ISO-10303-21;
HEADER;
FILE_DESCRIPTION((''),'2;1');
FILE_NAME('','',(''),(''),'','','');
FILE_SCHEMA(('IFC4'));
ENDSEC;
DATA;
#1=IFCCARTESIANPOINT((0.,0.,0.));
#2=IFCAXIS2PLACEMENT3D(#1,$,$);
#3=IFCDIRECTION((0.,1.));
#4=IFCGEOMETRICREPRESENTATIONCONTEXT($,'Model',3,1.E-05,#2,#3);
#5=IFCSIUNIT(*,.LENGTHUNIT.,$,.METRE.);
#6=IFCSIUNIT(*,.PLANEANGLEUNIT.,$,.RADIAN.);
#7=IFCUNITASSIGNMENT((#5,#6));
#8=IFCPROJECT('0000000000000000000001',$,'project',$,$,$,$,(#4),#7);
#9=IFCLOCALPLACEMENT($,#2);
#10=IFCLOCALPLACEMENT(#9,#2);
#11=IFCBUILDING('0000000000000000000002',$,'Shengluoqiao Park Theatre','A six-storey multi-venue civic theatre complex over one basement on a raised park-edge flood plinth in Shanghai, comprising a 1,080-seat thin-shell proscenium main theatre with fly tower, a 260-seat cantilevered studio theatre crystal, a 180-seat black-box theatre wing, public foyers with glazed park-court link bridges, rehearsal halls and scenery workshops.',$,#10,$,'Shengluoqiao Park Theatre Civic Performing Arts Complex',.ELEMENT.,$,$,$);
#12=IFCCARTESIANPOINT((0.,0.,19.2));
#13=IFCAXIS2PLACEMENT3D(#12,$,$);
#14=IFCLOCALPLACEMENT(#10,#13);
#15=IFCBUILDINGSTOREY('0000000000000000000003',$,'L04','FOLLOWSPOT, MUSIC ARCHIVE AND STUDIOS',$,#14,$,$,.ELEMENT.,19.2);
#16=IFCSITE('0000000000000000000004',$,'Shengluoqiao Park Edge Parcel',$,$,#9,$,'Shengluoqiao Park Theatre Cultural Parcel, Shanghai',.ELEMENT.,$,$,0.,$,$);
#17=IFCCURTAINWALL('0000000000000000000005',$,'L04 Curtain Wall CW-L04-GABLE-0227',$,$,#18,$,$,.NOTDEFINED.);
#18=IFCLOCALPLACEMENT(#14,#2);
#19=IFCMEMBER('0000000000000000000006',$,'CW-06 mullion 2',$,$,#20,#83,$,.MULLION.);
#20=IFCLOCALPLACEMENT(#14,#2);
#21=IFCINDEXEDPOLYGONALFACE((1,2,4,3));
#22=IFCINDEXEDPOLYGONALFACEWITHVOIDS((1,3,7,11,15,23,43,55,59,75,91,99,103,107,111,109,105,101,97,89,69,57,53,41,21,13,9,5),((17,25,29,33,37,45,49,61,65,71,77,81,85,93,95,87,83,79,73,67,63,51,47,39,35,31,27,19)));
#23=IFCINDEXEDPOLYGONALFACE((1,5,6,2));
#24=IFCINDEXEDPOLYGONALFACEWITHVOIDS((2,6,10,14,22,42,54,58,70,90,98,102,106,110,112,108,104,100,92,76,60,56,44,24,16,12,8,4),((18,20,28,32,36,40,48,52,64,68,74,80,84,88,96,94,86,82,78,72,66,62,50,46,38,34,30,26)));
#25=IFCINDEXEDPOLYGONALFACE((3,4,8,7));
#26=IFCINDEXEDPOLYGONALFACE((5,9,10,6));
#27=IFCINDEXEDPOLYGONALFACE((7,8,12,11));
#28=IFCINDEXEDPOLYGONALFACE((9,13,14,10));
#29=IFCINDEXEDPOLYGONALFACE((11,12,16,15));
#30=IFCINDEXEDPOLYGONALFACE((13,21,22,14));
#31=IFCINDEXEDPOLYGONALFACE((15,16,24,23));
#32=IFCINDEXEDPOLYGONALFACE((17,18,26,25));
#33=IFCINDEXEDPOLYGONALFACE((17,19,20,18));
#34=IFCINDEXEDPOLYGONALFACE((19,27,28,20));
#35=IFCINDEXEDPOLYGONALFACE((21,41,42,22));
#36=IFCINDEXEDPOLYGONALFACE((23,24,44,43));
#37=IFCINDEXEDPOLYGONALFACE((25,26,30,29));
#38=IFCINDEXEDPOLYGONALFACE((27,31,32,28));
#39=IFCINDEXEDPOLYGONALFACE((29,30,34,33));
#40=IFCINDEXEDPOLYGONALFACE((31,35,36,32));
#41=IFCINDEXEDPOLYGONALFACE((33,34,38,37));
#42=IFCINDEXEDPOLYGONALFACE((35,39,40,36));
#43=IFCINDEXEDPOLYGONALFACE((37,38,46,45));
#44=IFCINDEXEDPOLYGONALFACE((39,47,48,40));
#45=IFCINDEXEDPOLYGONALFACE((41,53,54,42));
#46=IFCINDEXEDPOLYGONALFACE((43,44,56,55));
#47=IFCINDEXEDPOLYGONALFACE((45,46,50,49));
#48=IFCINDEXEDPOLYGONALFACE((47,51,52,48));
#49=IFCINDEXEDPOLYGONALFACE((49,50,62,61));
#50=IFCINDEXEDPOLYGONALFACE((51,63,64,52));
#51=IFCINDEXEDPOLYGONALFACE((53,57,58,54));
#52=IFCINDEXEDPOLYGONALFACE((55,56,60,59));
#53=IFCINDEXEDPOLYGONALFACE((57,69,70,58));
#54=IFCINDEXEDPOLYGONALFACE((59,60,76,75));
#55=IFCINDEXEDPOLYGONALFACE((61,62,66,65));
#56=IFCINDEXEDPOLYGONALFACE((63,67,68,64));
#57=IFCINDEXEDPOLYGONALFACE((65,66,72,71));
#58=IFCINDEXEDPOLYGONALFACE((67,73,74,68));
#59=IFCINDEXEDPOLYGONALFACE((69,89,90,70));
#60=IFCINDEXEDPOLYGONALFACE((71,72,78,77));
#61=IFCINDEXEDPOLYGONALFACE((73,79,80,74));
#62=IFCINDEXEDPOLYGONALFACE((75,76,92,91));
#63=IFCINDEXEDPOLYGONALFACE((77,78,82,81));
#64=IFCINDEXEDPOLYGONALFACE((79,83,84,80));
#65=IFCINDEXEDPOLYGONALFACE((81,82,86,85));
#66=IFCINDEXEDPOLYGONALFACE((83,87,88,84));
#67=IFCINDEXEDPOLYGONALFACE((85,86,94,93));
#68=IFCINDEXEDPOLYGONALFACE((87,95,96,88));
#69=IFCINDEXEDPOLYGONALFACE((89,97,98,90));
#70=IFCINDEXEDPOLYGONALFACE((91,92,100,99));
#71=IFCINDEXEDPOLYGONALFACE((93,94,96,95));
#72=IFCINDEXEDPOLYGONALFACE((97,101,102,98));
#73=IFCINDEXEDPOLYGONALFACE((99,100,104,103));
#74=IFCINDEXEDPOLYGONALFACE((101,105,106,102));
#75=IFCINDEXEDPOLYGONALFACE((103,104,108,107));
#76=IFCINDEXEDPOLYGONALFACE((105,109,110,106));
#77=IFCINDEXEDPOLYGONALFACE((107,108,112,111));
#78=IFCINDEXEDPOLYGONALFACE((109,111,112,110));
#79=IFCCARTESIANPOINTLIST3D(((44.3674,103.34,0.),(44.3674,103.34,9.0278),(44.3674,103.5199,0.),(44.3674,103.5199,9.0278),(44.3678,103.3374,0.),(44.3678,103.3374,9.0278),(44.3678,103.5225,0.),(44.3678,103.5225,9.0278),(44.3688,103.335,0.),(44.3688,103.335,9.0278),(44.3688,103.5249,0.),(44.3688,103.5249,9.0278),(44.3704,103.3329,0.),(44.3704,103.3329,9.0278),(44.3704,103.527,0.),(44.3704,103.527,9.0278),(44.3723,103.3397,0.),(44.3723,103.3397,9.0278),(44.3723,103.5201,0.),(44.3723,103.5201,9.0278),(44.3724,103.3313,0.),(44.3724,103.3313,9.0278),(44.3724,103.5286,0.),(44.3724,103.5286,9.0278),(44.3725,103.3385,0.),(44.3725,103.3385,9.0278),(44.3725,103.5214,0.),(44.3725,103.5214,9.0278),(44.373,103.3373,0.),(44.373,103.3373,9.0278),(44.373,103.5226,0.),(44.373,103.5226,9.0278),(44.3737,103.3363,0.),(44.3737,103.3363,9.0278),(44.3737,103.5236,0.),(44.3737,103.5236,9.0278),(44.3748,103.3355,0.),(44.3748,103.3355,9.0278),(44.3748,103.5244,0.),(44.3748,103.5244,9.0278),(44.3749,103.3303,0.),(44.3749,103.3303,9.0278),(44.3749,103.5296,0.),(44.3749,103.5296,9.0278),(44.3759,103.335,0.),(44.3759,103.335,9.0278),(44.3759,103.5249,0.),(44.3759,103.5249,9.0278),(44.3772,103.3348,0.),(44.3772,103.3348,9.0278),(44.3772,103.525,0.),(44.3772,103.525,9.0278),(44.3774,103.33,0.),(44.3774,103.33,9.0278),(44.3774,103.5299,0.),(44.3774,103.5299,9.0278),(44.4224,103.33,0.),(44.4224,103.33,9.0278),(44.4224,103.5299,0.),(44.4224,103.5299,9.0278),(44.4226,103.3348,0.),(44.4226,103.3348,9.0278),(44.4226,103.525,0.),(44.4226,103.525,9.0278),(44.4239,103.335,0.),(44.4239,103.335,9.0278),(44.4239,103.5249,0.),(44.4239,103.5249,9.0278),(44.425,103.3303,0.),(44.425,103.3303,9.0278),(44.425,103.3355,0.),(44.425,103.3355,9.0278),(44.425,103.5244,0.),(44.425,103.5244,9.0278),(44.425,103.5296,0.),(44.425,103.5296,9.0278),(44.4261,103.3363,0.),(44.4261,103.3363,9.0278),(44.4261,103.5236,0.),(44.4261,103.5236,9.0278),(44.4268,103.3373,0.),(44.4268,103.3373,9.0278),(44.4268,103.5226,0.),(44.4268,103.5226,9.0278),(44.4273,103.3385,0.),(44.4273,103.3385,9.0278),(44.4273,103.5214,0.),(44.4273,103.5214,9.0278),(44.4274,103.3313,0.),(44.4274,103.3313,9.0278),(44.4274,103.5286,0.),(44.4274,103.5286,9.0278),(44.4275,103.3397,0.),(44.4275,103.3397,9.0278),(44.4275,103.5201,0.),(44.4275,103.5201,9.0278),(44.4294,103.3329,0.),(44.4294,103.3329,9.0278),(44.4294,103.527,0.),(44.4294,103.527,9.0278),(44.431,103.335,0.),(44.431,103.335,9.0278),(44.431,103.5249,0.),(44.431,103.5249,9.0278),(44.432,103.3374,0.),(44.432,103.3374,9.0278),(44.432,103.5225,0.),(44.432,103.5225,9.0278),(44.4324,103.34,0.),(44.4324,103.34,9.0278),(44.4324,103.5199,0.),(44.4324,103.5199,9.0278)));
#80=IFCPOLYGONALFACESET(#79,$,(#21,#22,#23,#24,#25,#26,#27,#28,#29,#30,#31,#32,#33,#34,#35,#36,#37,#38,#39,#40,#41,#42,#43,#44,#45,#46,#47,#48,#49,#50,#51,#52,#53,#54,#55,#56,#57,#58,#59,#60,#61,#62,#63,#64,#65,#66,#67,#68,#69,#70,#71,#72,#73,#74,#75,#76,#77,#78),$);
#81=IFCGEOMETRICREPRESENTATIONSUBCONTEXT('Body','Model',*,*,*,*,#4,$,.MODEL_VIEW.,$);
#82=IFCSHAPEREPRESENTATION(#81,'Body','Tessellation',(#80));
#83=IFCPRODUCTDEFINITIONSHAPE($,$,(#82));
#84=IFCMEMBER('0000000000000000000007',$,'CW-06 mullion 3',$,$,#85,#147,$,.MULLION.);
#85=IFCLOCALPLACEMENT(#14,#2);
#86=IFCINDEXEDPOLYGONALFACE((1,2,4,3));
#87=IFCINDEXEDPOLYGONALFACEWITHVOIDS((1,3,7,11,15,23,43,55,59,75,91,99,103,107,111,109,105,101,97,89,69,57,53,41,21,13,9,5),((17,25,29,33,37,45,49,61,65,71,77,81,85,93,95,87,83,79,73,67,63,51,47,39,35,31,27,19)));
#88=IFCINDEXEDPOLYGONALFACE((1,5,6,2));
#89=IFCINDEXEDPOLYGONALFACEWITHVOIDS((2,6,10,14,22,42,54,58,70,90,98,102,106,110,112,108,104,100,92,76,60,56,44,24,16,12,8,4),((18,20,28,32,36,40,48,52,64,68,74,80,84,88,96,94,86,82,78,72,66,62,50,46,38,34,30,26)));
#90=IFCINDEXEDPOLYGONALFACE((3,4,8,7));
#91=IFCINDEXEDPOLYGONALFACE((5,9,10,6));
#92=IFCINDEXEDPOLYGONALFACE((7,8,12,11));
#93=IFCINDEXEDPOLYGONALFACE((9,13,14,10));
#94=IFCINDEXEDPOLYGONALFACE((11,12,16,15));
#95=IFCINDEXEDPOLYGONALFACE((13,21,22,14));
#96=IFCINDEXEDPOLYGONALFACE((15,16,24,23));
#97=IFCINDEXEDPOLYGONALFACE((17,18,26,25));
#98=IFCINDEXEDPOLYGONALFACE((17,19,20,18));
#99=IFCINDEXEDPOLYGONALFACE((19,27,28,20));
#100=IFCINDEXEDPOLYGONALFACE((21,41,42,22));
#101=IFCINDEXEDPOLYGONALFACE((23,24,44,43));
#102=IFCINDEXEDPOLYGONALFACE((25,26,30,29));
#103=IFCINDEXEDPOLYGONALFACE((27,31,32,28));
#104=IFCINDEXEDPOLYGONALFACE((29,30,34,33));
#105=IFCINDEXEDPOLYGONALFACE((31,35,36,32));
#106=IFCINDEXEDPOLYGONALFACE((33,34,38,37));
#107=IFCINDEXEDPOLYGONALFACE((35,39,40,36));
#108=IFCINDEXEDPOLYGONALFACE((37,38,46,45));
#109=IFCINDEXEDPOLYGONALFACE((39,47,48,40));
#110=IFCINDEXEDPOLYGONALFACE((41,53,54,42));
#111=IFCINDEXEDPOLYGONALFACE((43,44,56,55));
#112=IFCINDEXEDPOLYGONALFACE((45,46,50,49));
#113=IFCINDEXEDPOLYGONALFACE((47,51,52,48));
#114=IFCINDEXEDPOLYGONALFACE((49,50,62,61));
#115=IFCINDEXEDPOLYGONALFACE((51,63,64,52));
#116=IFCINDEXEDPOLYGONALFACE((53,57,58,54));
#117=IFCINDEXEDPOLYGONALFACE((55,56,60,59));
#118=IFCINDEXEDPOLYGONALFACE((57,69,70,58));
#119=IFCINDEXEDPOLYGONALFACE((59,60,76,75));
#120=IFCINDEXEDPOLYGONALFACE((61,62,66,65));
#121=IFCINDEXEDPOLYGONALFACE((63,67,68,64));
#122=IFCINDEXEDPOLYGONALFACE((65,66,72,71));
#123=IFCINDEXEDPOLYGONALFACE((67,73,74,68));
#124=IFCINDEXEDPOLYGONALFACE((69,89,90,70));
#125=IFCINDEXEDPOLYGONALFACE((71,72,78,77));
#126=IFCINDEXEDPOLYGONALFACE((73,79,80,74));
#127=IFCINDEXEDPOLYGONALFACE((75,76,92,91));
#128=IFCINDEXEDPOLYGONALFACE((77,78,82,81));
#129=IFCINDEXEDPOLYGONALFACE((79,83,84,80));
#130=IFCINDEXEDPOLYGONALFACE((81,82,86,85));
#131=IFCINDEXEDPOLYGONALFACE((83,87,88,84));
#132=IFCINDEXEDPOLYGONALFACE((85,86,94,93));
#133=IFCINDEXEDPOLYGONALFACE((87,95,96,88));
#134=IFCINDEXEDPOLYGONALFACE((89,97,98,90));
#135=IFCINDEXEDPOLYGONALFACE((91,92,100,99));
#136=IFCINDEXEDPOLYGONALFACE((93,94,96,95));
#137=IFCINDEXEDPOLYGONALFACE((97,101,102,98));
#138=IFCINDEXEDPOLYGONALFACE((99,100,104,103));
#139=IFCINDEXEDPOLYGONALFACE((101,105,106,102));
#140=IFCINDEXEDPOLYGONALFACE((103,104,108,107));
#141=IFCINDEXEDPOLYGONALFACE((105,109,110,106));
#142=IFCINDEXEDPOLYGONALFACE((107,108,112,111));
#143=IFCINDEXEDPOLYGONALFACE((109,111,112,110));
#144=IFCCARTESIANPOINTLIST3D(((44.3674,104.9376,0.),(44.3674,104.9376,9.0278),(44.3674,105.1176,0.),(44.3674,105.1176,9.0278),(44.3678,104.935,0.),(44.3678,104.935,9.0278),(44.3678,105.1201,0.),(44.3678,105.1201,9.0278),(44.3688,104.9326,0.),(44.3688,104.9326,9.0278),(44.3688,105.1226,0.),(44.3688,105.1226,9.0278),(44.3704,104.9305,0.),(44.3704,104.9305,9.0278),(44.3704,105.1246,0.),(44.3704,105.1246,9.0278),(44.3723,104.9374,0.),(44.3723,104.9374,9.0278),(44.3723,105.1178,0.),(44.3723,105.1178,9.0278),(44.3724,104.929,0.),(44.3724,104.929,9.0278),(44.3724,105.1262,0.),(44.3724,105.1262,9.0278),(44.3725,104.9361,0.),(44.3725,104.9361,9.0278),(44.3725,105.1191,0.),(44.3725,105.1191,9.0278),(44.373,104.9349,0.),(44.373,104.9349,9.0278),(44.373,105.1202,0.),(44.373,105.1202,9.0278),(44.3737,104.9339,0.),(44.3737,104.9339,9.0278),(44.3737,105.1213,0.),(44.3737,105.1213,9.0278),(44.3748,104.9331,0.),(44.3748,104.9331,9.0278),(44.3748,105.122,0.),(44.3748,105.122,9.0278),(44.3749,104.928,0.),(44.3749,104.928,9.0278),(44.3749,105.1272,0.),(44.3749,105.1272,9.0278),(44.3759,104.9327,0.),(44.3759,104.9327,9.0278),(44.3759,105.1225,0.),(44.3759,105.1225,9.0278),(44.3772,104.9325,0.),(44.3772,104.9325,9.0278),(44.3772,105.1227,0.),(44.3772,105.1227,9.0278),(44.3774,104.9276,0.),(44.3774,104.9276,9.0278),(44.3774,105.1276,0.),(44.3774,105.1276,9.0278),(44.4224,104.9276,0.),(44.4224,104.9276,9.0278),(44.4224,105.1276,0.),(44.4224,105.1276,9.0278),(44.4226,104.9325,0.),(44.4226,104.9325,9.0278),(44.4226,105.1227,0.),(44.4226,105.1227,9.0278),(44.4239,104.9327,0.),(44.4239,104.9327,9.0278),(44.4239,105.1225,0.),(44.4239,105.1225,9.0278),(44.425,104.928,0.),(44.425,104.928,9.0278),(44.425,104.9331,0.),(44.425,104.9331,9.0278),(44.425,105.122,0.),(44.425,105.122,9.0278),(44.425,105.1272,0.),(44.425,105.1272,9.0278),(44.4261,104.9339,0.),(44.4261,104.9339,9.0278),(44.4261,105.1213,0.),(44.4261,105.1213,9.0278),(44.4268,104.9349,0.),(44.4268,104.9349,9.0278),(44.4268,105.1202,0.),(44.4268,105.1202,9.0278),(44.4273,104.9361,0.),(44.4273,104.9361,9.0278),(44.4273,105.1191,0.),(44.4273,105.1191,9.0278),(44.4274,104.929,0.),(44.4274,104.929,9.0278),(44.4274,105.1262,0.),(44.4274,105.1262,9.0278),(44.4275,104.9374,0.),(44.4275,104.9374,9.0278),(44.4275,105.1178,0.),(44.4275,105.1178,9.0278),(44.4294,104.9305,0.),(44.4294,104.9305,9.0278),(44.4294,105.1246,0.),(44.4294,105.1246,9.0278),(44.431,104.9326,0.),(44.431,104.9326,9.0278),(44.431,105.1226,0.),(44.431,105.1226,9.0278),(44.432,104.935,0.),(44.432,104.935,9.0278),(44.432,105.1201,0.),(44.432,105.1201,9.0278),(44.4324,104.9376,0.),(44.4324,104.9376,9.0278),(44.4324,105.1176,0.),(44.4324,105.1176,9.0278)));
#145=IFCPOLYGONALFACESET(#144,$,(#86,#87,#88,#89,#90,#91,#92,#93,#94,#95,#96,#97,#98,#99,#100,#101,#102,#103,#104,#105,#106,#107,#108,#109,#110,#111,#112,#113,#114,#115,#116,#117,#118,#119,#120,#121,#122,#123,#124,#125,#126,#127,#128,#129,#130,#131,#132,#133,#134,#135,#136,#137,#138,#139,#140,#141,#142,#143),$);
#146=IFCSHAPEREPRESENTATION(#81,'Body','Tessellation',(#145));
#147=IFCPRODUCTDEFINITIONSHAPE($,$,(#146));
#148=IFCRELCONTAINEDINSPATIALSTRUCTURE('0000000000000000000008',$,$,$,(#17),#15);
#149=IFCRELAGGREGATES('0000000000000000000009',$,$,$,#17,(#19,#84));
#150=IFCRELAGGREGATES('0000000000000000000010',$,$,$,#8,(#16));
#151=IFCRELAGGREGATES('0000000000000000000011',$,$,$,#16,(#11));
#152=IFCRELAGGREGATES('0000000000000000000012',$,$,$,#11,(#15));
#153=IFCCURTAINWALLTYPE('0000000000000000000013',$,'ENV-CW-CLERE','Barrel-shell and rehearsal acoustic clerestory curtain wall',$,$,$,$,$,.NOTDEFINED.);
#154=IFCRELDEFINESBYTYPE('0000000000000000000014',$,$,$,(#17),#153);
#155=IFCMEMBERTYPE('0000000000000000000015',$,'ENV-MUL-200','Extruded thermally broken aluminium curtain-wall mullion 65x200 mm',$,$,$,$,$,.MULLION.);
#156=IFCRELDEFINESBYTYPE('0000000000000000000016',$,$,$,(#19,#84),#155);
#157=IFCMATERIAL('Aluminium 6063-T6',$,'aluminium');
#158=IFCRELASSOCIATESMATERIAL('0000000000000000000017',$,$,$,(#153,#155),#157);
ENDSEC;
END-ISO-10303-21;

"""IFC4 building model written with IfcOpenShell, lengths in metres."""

from ifc_helpers import new_model, si_unit, direction, frame, origin, origin_2d, place, context, subcontext, project, spatial, hollow_rectangle, extrude, material, material_profile, profile_set, type_object, element, aggregate, save


model = new_model("IFC4")

# Units and contexts
model_context = context("Model", 3, precision=1e-05, world=origin(), true_north=direction((0.0, 1.0)))
body_context = subcontext(model_context, "Body", "Model", "MODEL_VIEW")
ifc_project = project(units=[si_unit("LENGTHUNIT", "METRE"), si_unit("PLANEANGLEUNIT", "RADIAN")], contexts=[model_context])

# Site, building, storey
site_placement = place(None, origin())
site = spatial("IfcSite", under=ifc_project, at=site_placement, Name="Shengluoqiao Park Edge Parcel", LongName="Shengluoqiao Park Theatre Cultural Parcel, Shanghai", CompositionType="ELEMENT", RefElevation=0.0)
building_placement = place(site_placement, origin())
building = spatial("IfcBuilding", under=site, at=building_placement, Name="Shengluoqiao Park Theatre", Description="A six-storey multi-venue civic theatre complex over one basement on a raised park-edge flood plinth in Shanghai, comprising a 1,080-seat thin-shell proscenium main theatre with fly tower, a 260-seat cantilevered studio theatre crystal, a 180-seat black-box theatre wing, public foyers with glazed park-court link bridges, rehearsal halls and scenery workshops.", LongName="Shengluoqiao Park Theatre Civic Performing Arts Complex", CompositionType="ELEMENT")
storey_placement = place(building_placement, frame((0.0, 0.0, 19.2)))
storey = spatial("IfcBuildingStorey", under=building, at=storey_placement, Name="L04", Description="FOLLOWSPOT, MUSIC ARCHIVE AND STUDIOS", CompositionType="ELEMENT", Elevation=19.2)

# Curtain wall, members
ifc_material_1 = material(Name="Aluminium 6063-T6", Category="aluminium")
curtain_wall_type = type_object("IfcCurtainWallType", Name="ENV-CW-CLERE", Description="Barrel-shell and rehearsal acoustic clerestory curtain wall", PredefinedType="NOTDEFINED", material=ifc_material_1)
curtain_wall_1_placement = place(storey_placement, origin())
curtain_wall_1 = element("IfcCurtainWall", 1, at=curtain_wall_1_placement, inside=storey, type_object=curtain_wall_type, Name="L04 Curtain Wall CW-L04-GABLE-0227", PredefinedType="NOTDEFINED")
ifc_material_profile_1 = material_profile(ifc_material_1, hollow_rectangle(XDim=0.0649, YDim=0.2, WallThickness=0.0049, InnerFilletRadius=0.0049, OuterFilletRadius=0.01, at=origin_2d()), Name="ALU MULLION 200x65x5")
ifc_profile_set_1 = profile_set([ifc_material_profile_1], Name="Aluminium 6063-T6")
member_type_1 = type_object("IfcMemberType", Name="ENV-MUL-200", Description="Extruded thermally broken aluminium curtain-wall mullion 65x200 mm", PredefinedType="MULLION", material=ifc_profile_set_1)
member_1_placement = place(storey_placement, frame((44.3999, 103.4299, 0.0), z_axis=(0.0, 0.0, 1.0), x_axis=(-1.0, 0.0, 0.0)))
member_1 = element("IfcMember", 2, at=member_1_placement, type_object=member_type_1, Name="CW-06 mullion 2", PredefinedType="MULLION", context=body_context, shape_type="SweptSolid", body=[
    extrude(hollow_rectangle(XDim=0.0649, YDim=0.2, WallThickness=0.0049, InnerFilletRadius=0.0049, OuterFilletRadius=0.01, at=origin_2d()), origin(), (0.0, 0.0, 1.0), 9.0278),
])
member_2_placement = place(storey_placement, frame((44.3999, 105.0276, 0.0), z_axis=(0.0, 0.0, 1.0), x_axis=(-1.0, 0.0, 0.0)))
member_2 = element("IfcMember", 3, at=member_2_placement, type_object=member_type_1, Name="CW-06 mullion 3", PredefinedType="MULLION", context=body_context, shape_type="SweptSolid", body=[
    extrude(hollow_rectangle(XDim=0.0649, YDim=0.2, WallThickness=0.0049, InnerFilletRadius=0.0049, OuterFilletRadius=0.01, at=origin_2d()), origin(), (0.0, 0.0, 1.0), 9.0278),
])

aggregate(curtain_wall_1, [member_1, member_2])

save(model, "model.ifc")
